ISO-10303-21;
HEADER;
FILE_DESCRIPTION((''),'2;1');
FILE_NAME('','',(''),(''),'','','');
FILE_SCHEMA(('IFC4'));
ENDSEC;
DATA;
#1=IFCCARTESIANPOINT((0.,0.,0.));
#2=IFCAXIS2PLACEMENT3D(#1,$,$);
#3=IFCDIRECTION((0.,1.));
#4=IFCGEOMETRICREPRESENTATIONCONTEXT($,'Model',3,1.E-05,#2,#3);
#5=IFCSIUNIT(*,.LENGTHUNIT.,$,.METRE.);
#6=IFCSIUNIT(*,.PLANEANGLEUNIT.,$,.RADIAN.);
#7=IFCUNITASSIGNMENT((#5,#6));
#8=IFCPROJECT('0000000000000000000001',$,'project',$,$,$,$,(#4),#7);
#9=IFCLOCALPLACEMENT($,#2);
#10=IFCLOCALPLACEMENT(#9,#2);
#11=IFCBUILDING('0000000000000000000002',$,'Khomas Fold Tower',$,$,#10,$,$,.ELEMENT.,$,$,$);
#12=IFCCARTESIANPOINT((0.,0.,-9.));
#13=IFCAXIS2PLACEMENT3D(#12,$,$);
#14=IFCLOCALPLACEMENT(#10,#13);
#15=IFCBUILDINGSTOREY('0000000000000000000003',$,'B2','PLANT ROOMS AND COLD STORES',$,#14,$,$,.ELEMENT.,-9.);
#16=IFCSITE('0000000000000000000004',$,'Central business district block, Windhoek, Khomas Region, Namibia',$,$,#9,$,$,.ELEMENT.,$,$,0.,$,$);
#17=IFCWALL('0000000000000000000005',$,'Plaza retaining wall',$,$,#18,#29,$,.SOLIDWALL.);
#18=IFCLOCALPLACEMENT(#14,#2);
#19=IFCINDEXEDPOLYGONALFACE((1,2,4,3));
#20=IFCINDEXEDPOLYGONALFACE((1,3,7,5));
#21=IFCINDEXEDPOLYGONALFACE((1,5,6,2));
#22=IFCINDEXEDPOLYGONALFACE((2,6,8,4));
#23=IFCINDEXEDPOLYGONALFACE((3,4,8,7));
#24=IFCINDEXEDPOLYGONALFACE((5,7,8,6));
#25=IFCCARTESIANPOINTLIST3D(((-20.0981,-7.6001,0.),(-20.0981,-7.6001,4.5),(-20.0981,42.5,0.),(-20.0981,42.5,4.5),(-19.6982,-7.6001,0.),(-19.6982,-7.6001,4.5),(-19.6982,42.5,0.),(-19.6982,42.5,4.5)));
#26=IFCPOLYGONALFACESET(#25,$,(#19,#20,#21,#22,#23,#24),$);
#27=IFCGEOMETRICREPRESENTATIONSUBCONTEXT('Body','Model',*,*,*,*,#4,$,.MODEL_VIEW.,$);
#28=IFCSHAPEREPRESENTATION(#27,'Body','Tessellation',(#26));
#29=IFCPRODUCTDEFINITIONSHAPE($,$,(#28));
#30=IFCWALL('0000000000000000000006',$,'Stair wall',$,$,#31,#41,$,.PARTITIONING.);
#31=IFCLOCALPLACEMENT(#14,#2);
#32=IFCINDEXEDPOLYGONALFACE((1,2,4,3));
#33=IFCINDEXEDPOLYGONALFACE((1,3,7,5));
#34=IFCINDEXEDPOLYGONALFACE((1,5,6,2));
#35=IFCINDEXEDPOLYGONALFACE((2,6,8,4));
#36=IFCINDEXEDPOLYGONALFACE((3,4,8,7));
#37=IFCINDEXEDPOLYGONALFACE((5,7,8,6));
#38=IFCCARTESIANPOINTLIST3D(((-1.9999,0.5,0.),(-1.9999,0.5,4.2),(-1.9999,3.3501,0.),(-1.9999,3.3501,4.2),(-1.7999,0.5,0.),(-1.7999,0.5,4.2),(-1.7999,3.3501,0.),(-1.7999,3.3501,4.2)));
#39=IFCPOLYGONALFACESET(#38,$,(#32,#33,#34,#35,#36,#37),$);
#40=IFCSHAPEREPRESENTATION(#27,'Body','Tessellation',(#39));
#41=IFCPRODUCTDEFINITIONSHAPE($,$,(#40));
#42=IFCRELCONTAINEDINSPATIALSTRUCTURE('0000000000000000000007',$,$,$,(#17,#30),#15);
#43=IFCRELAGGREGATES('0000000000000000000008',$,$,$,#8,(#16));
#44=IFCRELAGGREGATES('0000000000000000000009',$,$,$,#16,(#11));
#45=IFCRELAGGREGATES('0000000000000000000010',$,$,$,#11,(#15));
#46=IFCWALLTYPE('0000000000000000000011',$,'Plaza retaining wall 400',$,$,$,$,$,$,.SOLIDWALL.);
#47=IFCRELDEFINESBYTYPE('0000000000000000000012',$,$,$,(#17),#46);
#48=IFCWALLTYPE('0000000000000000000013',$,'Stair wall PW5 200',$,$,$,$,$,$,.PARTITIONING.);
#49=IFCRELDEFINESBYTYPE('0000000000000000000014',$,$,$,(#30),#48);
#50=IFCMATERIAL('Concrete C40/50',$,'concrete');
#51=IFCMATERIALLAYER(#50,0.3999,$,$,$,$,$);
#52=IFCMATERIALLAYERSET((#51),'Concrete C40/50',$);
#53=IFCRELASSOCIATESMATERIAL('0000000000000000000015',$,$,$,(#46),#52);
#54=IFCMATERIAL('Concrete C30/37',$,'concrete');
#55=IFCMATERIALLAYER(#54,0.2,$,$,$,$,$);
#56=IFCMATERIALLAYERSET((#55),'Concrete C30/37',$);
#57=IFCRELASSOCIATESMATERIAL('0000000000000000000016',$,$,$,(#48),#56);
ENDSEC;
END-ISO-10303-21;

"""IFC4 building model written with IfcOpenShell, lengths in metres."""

from ifc_helpers import new_model, si_unit, direction, frame, frame_2d, origin, place, context, subcontext, project, spatial, rectangle, extrude, source, transform, mapped, material, layer, layer_set, type_object, element, save


model = new_model("IFC4")

# Units and contexts
model_context = context("Model", 3, precision=1e-05, world=origin(), true_north=direction((0.0, 1.0)))
body_context = subcontext(model_context, "Body", "Model", "MODEL_VIEW")
ifc_project = project(units=[si_unit("LENGTHUNIT", "METRE"), si_unit("PLANEANGLEUNIT", "RADIAN")], contexts=[model_context])

# Site, building, storey
site_placement = place(None, origin())
site = spatial("IfcSite", under=ifc_project, at=site_placement, Name="Central business district block, Windhoek, Khomas Region, Namibia", CompositionType="ELEMENT", RefElevation=0.0)
building_placement = place(site_placement, origin())
building = spatial("IfcBuilding", under=site, at=building_placement, Name="Khomas Fold Tower", CompositionType="ELEMENT")
storey_placement = place(building_placement, frame((0.0, 0.0, -9.0)))
storey = spatial("IfcBuildingStorey", under=building, at=storey_placement, Name="B2", Description="PLANT ROOMS AND COLD STORES", CompositionType="ELEMENT", Elevation=-9.0)

# Walls
ifc_material_1 = material(Name="Concrete C40/50", Category="concrete")
ifc_layer_1 = layer(ifc_material_1, 0.3999)
ifc_layer_set_1 = layer_set([ifc_layer_1], Name="Concrete C40/50")
wall_type_1 = type_object("IfcWallType", Name="Plaza retaining wall 400", PredefinedType="SOLIDWALL", material=ifc_layer_set_1)
shared_shape_1 = source(origin(), body_context, "Body", "SweptSolid", [
    extrude(rectangle(XDim=50.1001, YDim=0.3999, at=frame_2d((25.05, 0.0))), origin(), (0.0, 0.0, 1.0), 4.5),
])
wall_1_placement = place(storey_placement, frame((-19.8982, -7.6001, 0.0), z_axis=(0.0, 0.0, 1.0), x_axis=(0.0, 1.0, 0.0)))
element("IfcWall", 1, at=wall_1_placement, inside=storey, type_object=wall_type_1, Name="Plaza retaining wall", PredefinedType="SOLIDWALL", context=body_context, shape_type="MappedRepresentation", body=[
    mapped(shared_shape_1, transform((0.0, 0.0, 0.0))),
])
ifc_material_2 = material(Name="Concrete C30/37", Category="concrete")
ifc_layer_2 = layer(ifc_material_2, 0.2)
ifc_layer_set_2 = layer_set([ifc_layer_2], Name="Concrete C30/37")
wall_type_2 = type_object("IfcWallType", Name="Stair wall PW5 200", PredefinedType="PARTITIONING", material=ifc_layer_set_2)
shared_shape_2 = source(origin(), body_context, "Body", "SweptSolid", [
    extrude(rectangle(XDim=2.8501, YDim=0.2, at=frame_2d((1.425, 0.0))), origin(), (0.0, 0.0, 1.0), 4.2),
])
wall_2_placement = place(storey_placement, frame((-1.8999, 0.5, 0.0), z_axis=(0.0, 0.0, 1.0), x_axis=(0.0, 1.0, 0.0)))
element("IfcWall", 2, at=wall_2_placement, inside=storey, type_object=wall_type_2, Name="Stair wall", PredefinedType="PARTITIONING", context=body_context, shape_type="MappedRepresentation", body=[
    mapped(shared_shape_2, transform((0.0, 0.0, 0.0))),
])

save(model, "model.ifc")
